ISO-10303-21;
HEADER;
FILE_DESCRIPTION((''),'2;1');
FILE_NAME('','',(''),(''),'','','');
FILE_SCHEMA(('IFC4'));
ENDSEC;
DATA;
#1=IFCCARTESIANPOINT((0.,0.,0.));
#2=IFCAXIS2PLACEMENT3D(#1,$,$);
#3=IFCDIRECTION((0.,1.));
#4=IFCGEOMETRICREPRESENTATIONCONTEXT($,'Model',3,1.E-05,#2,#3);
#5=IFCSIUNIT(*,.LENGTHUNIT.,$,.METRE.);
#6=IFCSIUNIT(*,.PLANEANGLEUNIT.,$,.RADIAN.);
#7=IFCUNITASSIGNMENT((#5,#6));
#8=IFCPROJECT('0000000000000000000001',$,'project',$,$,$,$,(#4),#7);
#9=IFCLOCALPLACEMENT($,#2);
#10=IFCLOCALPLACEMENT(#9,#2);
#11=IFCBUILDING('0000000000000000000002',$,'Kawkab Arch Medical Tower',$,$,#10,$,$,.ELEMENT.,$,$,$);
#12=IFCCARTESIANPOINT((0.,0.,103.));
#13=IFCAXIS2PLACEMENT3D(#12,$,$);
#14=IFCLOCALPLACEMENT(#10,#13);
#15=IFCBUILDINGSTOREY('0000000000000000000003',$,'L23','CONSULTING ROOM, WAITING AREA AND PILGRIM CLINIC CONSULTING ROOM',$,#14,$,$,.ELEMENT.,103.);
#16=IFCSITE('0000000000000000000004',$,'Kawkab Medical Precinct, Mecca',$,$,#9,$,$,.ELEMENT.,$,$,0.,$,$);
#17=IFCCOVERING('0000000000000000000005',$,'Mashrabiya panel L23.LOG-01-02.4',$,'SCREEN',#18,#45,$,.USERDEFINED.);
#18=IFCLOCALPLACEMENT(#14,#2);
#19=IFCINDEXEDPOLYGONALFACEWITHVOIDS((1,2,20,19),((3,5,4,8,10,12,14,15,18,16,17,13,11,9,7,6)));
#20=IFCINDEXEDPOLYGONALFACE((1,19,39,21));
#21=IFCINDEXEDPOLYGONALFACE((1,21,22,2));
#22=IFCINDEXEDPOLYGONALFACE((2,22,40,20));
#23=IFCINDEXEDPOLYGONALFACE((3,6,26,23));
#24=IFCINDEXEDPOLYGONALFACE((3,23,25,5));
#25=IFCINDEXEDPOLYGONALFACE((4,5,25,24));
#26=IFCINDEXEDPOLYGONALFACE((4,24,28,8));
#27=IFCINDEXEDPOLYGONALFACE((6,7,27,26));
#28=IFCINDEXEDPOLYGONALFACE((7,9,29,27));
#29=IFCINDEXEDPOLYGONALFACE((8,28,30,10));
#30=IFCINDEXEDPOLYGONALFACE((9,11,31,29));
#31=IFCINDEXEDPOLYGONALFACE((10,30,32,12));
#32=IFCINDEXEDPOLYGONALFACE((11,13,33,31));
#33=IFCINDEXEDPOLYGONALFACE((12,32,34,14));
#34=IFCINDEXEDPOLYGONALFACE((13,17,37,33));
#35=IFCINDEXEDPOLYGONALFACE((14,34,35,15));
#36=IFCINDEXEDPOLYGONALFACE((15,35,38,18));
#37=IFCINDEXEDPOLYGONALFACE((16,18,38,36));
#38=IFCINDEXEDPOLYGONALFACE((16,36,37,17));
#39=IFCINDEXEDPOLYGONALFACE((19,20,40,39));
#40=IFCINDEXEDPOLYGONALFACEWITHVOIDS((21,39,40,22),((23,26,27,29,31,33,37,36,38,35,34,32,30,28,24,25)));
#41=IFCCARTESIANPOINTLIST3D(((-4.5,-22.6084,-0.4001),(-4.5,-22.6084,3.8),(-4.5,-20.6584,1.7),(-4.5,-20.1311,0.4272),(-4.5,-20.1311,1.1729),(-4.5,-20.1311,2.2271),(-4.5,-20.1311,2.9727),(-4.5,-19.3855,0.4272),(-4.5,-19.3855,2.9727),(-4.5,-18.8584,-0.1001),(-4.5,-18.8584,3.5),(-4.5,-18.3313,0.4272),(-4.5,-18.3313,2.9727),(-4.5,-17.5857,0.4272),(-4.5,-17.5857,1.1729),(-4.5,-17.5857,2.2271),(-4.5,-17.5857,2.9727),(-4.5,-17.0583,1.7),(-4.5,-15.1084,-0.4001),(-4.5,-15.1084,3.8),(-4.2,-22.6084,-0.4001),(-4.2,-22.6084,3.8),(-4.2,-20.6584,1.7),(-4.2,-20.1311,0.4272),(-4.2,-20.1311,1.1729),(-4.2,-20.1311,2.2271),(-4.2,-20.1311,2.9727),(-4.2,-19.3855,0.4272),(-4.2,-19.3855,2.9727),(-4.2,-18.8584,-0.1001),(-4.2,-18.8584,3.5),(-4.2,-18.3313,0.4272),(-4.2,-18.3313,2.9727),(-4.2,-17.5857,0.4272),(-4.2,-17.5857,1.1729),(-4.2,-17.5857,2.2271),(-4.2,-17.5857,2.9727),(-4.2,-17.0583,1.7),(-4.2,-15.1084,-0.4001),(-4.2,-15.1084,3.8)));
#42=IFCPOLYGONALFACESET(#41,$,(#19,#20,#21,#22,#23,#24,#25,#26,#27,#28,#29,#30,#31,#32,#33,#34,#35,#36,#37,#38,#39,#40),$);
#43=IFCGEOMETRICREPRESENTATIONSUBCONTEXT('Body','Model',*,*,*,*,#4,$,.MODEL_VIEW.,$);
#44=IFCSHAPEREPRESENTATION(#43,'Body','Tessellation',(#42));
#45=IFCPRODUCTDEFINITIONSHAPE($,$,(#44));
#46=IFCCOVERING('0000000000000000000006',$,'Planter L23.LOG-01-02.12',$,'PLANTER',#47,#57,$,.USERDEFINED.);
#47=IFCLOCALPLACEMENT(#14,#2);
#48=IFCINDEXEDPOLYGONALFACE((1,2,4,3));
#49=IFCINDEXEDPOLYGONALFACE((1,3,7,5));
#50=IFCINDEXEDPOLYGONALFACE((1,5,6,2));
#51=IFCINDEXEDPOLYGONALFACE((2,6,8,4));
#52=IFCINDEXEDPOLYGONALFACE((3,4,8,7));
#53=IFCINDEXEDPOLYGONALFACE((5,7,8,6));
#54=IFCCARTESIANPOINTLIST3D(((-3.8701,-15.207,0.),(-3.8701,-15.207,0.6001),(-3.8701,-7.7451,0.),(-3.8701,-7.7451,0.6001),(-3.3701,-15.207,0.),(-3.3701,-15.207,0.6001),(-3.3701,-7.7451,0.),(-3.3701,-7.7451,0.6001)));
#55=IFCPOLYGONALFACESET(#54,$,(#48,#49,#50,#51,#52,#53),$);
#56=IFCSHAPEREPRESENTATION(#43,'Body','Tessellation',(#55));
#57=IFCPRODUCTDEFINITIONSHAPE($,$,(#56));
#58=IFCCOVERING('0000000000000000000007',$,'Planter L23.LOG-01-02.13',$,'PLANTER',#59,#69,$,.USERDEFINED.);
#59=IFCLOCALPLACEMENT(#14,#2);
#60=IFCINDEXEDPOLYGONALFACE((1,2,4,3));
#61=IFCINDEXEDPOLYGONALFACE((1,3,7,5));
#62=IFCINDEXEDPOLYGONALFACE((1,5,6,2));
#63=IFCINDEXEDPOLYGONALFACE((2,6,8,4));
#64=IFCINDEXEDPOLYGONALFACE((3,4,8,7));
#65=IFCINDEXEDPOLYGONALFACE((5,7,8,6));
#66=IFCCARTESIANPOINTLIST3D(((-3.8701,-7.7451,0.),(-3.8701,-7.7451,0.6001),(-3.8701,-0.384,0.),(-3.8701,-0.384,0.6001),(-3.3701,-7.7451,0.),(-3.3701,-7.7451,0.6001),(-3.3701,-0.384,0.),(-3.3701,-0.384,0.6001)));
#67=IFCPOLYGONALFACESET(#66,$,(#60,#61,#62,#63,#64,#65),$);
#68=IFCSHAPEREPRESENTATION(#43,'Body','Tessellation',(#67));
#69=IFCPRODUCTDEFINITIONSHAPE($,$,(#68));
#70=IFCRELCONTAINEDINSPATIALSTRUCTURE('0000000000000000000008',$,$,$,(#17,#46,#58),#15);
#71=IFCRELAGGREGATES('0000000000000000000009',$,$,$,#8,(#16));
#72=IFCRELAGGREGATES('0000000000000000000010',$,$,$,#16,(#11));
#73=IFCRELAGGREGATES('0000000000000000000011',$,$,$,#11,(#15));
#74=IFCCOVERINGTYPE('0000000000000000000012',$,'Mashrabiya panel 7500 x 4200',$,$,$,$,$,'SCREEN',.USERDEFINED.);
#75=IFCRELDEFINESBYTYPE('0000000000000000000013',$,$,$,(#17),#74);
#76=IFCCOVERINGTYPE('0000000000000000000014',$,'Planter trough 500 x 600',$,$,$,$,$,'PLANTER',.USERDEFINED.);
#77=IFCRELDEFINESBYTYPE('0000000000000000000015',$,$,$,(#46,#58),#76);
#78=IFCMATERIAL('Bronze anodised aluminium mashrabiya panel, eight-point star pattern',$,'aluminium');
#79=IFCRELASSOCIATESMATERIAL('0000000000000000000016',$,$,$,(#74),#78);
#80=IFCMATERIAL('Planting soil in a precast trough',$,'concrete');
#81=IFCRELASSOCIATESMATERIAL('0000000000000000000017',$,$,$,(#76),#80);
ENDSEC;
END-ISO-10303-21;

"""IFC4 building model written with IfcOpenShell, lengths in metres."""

from ifc_helpers import new_model, si_unit, direction, frame, origin, origin_2d, place, context, subcontext, project, spatial, polyline, rectangle, outline, extrude, material, material_profile, profile_set, type_object, element, save


model = new_model("IFC4")

# Units and contexts
model_context = context("Model", 3, precision=1e-05, world=origin(), true_north=direction((0.0, 1.0)))
body_context = subcontext(model_context, "Body", "Model", "MODEL_VIEW")
ifc_project = project(units=[si_unit("LENGTHUNIT", "METRE"), si_unit("PLANEANGLEUNIT", "RADIAN")], contexts=[model_context])

# Site, building, storey
site_placement = place(None, origin())
site = spatial("IfcSite", under=ifc_project, at=site_placement, Name="Kawkab Medical Precinct, Mecca", CompositionType="ELEMENT", RefElevation=0.0)
building_placement = place(site_placement, origin())
building = spatial("IfcBuilding", under=site, at=building_placement, Name="Kawkab Arch Medical Tower", CompositionType="ELEMENT")
storey_placement = place(building_placement, frame((0.0, 0.0, 103.0)))
storey = spatial("IfcBuildingStorey", under=building, at=storey_placement, Name="L23", Description="CONSULTING ROOM, WAITING AREA AND PILGRIM CLINIC CONSULTING ROOM", CompositionType="ELEMENT", Elevation=103.0)

# Coverings
ifc_material_1 = material(Name="Bronze anodised aluminium mashrabiya panel, eight-point star pattern", Category="aluminium")
ifc_material_profile_1 = material_profile(ifc_material_1, outline(polyline([(-3.75, -2.1001), (3.75, -2.1001), (3.75, 2.1001), (-3.75, 2.1001), (-3.75, -2.1001)]), holes=[polyline([(1.8, 0.0), (1.2727, 0.5271), (1.2727, 1.2727), (0.5271, 1.2727), (0.0, 1.8), (-0.5271, 1.2727), (-1.2727, 1.2727), (-1.2727, 0.5271), (-1.8, 0.0), (-1.2727, -0.5271), (-1.2727, -1.2727), (-0.5271, -1.2727), (0.0, -1.8), (0.5271, -1.2727), (1.2727, -1.2727), (1.2727, -0.5271), (1.8, 0.0)])]), Name="Mashrabiya panel 7500x4200")
ifc_profile_set_1 = profile_set([ifc_material_profile_1], Name="Bronze anodised aluminium mashrabiya panel, eight-point star pattern")
covering_type_1 = type_object("IfcCoveringType", Name="Mashrabiya panel 7500 x 4200", ElementType="SCREEN", PredefinedType="USERDEFINED", material=ifc_profile_set_1)
covering_1_placement = place(storey_placement, frame((-4.2, -18.8584, 1.7), z_axis=(-1.0, 0.0, 0.0), x_axis=(0.0, -1.0, 0.0)))
element("IfcCovering", 1, at=covering_1_placement, inside=storey, type_object=covering_type_1, Name="Mashrabiya panel L23.LOG-01-02.4", ObjectType="SCREEN", PredefinedType="USERDEFINED", context=body_context, shape_type="SweptSolid", body=[
    extrude(outline(polyline([(-3.75, -2.1001), (3.75, -2.1001), (3.75, 2.1001), (-3.75, 2.1001), (-3.75, -2.1001)]), holes=[polyline([(1.8, 0.0), (1.2727, 0.5271), (1.2727, 1.2727), (0.5271, 1.2727), (0.0, 1.8), (-0.5271, 1.2727), (-1.2727, 1.2727), (-1.2727, 0.5271), (-1.8, 0.0), (-1.2727, -0.5271), (-1.2727, -1.2727), (-0.5271, -1.2727), (0.0, -1.8), (0.5271, -1.2727), (1.2727, -1.2727), (1.2727, -0.5271), (1.8, 0.0)])]), origin(), (0.0, 0.0, 1.0), 0.3),
])
ifc_material_2 = material(Name="Planting soil in a precast trough", Category="concrete")
ifc_material_profile_2 = material_profile(ifc_material_2, rectangle(XDim=0.5, YDim=0.6001, at=origin_2d()), Name="Trough 500x600")
ifc_profile_set_2 = profile_set([ifc_material_profile_2], Name="Planting soil in a precast trough")
covering_type_2 = type_object("IfcCoveringType", Name="Planter trough 500 x 600", ElementType="PLANTER", PredefinedType="USERDEFINED", material=ifc_profile_set_2)
covering_2_placement = place(storey_placement, frame((-3.6201, -15.207, 0.3), z_axis=(0.0, 1.0, 0.0), x_axis=(-1.0, 0.0, 0.0)))
element("IfcCovering", 2, at=covering_2_placement, inside=storey, type_object=covering_type_2, Name="Planter L23.LOG-01-02.12", ObjectType="PLANTER", PredefinedType="USERDEFINED", context=body_context, shape_type="SweptSolid", body=[
    extrude(rectangle(XDim=0.5, YDim=0.6001, at=origin_2d()), origin(), (0.0, 0.0, 1.0), 7.4619),
])
covering_3_placement = place(storey_placement, frame((-3.6201, -7.7451, 0.3), z_axis=(0.0, 1.0, 0.0), x_axis=(-1.0, 0.0, 0.0)))
element("IfcCovering", 3, at=covering_3_placement, inside=storey, type_object=covering_type_2, Name="Planter L23.LOG-01-02.13", ObjectType="PLANTER", PredefinedType="USERDEFINED", context=body_context, shape_type="SweptSolid", body=[
    extrude(rectangle(XDim=0.5, YDim=0.6001, at=origin_2d()), origin(), (0.0, 0.0, 1.0), 7.3611),
])

save(model, "model.ifc")
